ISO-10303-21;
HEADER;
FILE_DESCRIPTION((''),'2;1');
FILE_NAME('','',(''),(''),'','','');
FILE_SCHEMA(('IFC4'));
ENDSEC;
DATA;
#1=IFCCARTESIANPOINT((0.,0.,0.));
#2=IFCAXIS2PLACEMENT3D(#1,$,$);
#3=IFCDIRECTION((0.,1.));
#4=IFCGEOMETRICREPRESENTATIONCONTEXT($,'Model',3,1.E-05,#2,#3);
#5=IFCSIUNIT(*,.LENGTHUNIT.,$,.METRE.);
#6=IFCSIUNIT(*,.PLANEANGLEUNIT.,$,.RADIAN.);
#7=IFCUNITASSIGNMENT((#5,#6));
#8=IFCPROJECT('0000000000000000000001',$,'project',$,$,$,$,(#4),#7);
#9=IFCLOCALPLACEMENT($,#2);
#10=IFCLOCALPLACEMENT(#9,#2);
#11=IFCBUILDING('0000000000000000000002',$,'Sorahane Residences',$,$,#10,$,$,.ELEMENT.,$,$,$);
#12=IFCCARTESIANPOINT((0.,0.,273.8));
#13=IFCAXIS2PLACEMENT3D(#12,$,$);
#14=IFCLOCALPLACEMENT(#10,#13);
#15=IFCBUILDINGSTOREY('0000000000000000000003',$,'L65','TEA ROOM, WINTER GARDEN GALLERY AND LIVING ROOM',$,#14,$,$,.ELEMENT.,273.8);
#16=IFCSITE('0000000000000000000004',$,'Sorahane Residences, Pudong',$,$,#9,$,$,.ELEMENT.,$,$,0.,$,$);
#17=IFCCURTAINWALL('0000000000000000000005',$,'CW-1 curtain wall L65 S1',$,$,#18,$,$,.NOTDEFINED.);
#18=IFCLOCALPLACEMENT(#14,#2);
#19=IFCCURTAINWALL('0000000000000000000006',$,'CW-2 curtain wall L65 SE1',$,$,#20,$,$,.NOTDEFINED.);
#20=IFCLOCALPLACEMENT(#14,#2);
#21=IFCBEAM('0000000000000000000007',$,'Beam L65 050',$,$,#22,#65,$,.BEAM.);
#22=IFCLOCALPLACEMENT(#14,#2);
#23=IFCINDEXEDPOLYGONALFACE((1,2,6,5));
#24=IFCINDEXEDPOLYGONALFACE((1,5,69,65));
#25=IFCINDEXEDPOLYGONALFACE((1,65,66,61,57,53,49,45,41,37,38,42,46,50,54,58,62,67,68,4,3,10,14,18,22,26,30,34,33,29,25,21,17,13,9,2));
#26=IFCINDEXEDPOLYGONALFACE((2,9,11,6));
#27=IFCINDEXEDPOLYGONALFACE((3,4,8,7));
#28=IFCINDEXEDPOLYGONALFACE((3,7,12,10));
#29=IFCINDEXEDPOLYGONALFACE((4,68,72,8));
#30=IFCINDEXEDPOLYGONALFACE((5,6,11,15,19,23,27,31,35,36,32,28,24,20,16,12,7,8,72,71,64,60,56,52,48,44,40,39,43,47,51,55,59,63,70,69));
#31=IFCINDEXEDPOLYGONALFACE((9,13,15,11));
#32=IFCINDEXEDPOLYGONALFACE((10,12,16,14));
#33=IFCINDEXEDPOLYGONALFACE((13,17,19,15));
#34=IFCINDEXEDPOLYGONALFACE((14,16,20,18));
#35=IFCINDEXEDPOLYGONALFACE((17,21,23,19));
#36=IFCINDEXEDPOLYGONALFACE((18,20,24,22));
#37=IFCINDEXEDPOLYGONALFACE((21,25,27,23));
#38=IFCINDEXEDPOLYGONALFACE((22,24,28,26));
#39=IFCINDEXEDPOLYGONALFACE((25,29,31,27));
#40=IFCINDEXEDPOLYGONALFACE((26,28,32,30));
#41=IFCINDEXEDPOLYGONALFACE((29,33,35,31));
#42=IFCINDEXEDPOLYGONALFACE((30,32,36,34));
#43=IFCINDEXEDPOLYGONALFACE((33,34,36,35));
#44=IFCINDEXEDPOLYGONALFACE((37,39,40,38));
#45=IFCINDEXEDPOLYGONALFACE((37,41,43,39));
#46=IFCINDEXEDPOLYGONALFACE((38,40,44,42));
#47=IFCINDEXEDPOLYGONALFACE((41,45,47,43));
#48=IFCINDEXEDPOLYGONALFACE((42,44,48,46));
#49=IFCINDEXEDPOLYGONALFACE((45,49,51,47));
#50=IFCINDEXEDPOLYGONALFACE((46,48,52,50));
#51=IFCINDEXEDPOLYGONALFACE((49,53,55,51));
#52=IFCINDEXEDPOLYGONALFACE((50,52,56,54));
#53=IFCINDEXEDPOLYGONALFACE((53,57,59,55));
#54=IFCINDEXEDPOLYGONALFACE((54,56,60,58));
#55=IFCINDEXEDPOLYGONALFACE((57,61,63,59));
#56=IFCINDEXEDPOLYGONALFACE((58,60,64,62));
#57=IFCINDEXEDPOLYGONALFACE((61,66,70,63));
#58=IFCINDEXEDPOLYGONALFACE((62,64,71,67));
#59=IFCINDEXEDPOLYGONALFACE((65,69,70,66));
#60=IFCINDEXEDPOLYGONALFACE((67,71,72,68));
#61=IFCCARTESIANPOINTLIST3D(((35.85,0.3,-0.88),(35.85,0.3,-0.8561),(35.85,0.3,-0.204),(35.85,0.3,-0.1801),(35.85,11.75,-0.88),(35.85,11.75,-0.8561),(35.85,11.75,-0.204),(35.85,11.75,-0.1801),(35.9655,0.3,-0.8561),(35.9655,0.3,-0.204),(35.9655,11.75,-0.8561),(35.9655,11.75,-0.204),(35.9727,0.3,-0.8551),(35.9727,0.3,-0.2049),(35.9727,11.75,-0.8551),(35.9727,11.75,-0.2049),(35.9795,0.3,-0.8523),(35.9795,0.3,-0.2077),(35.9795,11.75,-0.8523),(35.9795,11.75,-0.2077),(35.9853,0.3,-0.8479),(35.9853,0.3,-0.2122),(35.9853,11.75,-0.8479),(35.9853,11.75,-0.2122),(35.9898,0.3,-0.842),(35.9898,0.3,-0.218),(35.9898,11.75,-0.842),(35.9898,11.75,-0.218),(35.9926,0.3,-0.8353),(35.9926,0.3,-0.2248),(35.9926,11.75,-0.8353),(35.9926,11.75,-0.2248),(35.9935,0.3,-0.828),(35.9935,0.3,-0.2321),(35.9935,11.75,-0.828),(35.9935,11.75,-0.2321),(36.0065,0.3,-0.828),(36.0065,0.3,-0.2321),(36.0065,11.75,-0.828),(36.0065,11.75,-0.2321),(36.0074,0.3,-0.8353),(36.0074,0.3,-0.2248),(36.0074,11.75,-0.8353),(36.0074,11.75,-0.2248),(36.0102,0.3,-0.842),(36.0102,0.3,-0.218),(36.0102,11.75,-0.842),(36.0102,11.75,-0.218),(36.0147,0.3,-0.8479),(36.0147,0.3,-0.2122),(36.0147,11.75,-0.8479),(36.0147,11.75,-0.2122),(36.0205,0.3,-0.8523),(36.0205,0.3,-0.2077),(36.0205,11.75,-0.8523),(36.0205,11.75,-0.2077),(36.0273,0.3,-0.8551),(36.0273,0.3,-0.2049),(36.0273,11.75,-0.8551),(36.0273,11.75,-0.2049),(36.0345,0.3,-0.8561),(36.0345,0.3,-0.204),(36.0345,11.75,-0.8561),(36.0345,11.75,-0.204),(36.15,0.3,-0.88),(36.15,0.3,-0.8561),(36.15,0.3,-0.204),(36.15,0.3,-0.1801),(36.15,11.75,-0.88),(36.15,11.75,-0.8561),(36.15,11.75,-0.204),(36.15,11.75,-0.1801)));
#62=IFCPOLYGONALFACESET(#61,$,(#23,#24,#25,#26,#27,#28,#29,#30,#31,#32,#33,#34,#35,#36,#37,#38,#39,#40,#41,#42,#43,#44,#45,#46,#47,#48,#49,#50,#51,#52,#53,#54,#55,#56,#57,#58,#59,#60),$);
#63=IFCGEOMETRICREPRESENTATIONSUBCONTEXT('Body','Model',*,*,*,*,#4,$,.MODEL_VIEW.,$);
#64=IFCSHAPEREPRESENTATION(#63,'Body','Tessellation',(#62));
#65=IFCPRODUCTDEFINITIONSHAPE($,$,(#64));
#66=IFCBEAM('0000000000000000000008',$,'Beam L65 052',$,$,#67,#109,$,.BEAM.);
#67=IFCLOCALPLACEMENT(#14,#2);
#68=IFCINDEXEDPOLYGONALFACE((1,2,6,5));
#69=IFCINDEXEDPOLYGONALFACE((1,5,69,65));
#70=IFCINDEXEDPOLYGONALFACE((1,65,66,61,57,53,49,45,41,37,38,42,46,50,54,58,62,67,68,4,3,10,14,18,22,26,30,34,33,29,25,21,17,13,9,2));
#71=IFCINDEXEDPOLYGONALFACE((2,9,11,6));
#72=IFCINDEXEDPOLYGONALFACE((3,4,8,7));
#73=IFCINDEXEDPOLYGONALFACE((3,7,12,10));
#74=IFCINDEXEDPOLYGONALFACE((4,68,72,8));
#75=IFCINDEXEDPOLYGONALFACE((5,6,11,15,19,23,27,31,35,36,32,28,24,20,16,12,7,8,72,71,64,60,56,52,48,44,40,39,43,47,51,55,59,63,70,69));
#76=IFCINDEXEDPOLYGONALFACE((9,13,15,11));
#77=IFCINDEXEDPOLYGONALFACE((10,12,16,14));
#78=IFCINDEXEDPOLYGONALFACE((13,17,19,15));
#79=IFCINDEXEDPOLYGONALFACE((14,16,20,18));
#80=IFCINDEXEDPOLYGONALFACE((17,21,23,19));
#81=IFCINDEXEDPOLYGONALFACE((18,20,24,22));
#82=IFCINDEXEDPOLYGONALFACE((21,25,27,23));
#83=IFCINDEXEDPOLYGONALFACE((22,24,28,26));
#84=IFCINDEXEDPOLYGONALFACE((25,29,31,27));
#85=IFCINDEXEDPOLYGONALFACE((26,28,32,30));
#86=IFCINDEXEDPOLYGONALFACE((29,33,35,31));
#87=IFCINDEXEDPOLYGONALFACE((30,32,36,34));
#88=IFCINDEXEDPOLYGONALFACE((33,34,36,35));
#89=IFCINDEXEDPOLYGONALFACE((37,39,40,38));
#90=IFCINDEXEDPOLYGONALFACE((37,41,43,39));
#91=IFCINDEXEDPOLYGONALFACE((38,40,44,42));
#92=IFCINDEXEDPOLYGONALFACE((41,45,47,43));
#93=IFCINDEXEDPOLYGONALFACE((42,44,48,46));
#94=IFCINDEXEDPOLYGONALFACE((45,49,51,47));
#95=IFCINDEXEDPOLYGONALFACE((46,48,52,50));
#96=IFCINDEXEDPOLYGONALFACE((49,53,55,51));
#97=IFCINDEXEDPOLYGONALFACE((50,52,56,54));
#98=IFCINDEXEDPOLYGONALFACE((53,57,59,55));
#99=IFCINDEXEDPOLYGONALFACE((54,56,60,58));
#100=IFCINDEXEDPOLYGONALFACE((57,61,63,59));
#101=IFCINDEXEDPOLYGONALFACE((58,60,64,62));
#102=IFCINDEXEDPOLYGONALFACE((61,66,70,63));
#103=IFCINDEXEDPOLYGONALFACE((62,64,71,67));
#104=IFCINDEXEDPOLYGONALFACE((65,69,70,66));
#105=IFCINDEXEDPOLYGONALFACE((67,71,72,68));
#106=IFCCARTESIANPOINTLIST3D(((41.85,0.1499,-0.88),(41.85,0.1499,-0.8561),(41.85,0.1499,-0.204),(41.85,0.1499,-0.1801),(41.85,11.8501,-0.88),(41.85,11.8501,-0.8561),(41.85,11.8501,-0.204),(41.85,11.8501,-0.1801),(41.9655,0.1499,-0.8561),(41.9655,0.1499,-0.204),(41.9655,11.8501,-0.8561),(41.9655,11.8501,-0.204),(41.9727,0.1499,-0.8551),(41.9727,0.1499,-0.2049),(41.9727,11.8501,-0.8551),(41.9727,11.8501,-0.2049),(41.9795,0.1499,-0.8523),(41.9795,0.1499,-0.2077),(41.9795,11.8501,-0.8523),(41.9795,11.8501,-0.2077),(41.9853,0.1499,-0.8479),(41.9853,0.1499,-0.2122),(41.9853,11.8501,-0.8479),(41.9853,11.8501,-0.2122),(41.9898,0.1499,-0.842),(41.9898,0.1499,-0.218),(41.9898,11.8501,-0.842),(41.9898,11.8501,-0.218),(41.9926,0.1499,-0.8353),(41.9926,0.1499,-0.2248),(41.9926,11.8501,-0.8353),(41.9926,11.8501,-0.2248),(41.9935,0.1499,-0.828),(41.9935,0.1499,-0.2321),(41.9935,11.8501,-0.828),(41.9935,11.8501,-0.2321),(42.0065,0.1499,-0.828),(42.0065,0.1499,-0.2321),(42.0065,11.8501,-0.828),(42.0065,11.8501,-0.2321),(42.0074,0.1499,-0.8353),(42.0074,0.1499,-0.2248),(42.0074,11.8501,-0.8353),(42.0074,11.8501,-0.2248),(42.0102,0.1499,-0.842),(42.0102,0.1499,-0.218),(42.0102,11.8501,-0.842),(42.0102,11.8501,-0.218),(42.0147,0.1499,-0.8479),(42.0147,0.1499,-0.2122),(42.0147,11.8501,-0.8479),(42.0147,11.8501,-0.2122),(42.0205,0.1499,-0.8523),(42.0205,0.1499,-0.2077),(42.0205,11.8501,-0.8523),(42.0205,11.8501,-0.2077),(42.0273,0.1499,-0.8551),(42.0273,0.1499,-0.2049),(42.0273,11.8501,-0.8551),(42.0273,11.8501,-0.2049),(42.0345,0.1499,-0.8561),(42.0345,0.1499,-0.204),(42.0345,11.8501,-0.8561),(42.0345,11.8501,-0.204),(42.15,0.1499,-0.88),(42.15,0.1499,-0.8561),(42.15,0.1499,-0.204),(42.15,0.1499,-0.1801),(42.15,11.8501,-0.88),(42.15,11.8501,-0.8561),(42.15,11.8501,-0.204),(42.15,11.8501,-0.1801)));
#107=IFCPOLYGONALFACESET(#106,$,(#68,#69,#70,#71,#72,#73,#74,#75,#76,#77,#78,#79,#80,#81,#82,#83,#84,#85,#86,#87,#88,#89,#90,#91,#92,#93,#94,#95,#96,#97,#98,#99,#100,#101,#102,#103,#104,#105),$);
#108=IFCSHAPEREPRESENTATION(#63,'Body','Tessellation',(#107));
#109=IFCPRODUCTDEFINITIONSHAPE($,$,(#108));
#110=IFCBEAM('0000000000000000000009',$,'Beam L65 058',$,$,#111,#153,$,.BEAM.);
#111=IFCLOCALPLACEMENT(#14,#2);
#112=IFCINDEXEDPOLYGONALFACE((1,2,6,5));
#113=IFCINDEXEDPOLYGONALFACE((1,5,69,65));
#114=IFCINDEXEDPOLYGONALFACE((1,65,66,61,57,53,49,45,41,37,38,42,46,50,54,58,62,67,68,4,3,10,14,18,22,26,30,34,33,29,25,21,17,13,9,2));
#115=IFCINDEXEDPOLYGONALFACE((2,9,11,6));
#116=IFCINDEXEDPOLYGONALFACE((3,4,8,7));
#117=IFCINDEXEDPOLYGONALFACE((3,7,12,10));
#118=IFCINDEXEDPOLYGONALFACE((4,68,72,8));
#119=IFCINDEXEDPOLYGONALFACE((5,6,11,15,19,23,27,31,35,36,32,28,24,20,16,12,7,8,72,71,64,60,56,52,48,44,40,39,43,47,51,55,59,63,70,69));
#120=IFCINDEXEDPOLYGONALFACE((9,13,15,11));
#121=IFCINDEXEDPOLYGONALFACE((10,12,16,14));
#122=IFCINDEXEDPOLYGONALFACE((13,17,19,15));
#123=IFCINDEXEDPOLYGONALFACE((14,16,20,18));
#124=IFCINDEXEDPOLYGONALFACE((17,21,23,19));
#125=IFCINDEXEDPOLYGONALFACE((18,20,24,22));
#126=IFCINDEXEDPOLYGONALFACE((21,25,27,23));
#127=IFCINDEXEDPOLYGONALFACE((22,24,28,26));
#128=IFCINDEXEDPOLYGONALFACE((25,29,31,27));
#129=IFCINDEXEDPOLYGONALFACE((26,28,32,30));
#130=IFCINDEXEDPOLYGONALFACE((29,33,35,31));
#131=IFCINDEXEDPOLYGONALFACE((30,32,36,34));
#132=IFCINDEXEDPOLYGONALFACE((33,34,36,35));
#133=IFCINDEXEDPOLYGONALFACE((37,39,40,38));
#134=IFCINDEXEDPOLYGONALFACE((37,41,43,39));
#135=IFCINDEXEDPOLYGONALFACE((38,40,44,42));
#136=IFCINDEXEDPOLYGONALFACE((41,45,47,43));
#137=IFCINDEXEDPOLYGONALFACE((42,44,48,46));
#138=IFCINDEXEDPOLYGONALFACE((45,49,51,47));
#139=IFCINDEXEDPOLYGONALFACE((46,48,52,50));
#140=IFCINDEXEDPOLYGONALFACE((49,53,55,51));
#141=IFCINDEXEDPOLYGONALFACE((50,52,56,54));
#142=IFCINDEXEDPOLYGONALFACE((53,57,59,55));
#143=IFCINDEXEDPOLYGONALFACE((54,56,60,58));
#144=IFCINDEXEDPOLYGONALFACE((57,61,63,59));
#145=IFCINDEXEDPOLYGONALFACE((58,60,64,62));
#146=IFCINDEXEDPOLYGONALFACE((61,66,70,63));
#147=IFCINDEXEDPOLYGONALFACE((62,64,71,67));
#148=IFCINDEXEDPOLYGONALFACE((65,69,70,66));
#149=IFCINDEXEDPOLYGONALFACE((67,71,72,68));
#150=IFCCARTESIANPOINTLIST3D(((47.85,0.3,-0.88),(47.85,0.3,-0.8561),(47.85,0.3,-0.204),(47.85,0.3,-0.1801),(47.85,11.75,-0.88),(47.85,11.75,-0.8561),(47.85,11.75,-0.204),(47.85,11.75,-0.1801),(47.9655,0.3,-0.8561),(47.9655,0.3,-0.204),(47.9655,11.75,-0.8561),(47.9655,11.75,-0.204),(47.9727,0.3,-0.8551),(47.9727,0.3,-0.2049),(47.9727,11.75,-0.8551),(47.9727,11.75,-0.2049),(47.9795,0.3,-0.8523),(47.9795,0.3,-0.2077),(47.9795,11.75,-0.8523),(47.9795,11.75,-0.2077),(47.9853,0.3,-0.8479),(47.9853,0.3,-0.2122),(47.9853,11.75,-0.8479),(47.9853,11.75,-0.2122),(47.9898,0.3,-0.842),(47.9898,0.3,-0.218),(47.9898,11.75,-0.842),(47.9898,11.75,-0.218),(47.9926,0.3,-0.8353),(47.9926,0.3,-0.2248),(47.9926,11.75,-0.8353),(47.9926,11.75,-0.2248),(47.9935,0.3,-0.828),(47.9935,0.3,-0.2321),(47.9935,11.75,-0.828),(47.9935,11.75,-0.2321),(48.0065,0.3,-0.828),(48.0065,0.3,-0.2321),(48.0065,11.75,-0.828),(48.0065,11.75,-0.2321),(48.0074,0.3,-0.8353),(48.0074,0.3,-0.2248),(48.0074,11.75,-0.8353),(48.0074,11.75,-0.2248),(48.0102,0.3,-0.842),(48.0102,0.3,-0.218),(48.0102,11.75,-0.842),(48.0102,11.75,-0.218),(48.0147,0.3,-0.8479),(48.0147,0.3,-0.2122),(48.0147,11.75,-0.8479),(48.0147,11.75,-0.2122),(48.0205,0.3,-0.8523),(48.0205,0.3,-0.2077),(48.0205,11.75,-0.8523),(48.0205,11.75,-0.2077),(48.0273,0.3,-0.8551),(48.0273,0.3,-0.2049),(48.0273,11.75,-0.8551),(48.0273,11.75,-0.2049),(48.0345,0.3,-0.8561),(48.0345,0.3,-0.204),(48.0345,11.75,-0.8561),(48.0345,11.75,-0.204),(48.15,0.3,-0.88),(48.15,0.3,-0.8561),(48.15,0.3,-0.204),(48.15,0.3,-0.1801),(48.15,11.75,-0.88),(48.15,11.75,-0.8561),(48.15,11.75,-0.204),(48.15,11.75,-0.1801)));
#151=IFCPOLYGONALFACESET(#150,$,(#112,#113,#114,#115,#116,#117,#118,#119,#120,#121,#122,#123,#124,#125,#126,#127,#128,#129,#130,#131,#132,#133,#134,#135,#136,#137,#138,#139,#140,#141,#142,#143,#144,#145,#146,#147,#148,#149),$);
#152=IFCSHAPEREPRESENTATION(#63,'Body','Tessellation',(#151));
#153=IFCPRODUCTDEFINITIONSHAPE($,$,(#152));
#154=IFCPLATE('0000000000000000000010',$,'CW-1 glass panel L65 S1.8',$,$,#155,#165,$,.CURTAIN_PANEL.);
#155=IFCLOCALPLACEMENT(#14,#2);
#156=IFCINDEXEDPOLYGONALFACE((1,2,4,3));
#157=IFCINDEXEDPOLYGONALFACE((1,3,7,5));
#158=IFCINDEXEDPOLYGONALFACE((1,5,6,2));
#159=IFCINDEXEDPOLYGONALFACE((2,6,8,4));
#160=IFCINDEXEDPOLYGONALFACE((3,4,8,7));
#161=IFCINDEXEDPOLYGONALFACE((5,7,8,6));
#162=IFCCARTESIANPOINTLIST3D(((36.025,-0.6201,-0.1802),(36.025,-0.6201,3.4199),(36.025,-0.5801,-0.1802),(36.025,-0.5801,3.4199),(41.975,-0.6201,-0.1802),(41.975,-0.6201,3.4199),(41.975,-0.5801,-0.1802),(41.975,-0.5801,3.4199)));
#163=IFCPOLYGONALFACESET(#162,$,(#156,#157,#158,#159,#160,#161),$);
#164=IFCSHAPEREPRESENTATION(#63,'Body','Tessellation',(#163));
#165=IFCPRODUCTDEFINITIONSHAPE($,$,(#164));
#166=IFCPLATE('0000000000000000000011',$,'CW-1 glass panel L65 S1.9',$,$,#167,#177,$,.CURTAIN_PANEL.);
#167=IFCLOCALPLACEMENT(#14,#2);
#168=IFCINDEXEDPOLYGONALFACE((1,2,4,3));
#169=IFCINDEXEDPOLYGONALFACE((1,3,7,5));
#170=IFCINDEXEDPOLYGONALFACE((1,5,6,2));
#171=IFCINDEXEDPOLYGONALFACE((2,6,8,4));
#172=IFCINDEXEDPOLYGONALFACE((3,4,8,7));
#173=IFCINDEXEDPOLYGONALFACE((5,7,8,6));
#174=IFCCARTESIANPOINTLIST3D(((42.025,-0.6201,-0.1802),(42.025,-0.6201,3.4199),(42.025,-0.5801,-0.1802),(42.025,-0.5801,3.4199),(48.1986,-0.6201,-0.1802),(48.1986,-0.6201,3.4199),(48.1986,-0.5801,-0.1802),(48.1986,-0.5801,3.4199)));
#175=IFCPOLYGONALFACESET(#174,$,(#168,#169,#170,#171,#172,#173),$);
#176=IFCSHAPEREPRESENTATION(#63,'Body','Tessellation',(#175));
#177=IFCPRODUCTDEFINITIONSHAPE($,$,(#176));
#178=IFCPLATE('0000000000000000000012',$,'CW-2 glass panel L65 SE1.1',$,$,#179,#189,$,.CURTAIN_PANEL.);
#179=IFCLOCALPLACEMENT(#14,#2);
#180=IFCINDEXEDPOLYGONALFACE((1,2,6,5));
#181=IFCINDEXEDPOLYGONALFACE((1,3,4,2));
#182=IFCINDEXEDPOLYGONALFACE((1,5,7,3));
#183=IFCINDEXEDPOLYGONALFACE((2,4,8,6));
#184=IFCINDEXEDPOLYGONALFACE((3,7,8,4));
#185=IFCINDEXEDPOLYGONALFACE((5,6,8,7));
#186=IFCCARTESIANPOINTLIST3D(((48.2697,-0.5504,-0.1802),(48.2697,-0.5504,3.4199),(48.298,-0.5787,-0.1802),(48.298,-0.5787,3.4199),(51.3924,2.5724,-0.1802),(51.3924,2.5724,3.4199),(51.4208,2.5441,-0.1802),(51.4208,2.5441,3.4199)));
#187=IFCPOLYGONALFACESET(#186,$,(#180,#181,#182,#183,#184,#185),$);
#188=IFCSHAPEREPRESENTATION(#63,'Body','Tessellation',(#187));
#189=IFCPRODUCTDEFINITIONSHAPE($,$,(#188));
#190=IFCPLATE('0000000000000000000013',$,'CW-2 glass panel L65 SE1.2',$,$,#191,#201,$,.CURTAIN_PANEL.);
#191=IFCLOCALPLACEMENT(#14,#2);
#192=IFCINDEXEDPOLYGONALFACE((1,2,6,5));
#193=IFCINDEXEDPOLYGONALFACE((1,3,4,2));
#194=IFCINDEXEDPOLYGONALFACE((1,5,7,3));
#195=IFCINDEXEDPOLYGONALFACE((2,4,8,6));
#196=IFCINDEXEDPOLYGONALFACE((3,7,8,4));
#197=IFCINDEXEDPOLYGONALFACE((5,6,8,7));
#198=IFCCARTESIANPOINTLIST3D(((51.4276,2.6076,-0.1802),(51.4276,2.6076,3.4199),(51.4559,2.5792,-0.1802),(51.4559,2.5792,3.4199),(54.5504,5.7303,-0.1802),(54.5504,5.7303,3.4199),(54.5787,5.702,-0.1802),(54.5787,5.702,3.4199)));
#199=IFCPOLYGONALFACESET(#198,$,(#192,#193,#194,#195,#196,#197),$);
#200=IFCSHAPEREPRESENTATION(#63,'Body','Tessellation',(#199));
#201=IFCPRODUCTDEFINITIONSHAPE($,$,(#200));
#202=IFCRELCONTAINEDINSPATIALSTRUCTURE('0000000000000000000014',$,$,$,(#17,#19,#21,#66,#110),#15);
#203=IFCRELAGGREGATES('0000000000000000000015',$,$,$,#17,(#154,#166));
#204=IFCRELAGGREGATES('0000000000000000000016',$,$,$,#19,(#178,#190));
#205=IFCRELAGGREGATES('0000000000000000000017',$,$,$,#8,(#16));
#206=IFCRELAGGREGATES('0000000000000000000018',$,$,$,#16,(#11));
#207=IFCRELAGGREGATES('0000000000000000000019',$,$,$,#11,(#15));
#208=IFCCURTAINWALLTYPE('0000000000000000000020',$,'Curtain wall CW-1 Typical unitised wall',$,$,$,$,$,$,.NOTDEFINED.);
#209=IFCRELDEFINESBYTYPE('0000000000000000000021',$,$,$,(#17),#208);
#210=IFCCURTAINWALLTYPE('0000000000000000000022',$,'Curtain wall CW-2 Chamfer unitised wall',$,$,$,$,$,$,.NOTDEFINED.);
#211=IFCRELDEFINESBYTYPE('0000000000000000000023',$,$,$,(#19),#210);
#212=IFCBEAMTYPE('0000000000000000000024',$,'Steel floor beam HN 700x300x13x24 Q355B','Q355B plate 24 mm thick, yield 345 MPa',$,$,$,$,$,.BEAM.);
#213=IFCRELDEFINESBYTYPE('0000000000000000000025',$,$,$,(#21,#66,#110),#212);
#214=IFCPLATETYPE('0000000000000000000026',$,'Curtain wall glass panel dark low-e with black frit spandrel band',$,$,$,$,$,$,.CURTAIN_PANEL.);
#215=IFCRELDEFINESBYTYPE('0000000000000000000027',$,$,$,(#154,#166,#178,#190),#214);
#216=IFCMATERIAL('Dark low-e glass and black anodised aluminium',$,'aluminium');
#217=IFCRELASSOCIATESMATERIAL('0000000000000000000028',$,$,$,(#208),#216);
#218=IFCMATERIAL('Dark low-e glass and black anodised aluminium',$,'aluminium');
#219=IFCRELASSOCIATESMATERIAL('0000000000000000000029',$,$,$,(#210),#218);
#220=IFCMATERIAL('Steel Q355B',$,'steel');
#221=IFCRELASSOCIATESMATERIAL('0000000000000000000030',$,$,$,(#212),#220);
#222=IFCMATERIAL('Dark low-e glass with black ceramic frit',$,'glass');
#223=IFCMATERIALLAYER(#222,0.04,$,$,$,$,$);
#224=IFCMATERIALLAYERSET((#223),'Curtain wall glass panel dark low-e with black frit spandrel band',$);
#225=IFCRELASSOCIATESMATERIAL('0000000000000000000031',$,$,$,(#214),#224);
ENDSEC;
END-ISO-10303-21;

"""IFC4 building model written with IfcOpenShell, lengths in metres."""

from ifc_helpers import new_model, si_unit, direction, frame, origin, origin_2d, place, context, subcontext, project, spatial, rectangle, i_section, extrude, material, layer, layer_set, material_profile, profile_set, type_object, element, aggregate, save


model = new_model("IFC4")

# Units and contexts
model_context = context("Model", 3, precision=1e-05, world=origin(), true_north=direction((0.0, 1.0)))
body_context = subcontext(model_context, "Body", "Model", "MODEL_VIEW")
ifc_project = project(units=[si_unit("LENGTHUNIT", "METRE"), si_unit("PLANEANGLEUNIT", "RADIAN")], contexts=[model_context])

# Site, building, storey
site_placement = place(None, origin())
site = spatial("IfcSite", under=ifc_project, at=site_placement, Name="Sorahane Residences, Pudong", CompositionType="ELEMENT", RefElevation=0.0)
building_placement = place(site_placement, origin())
building = spatial("IfcBuilding", under=site, at=building_placement, Name="Sorahane Residences", CompositionType="ELEMENT")
storey_placement = place(building_placement, frame((0.0, 0.0, 273.8)))
storey = spatial("IfcBuildingStorey", under=building, at=storey_placement, Name="L65", Description="TEA ROOM, WINTER GARDEN GALLERY AND LIVING ROOM", CompositionType="ELEMENT", Elevation=273.8)

# Curtain walls
ifc_material_1 = material(Name="Dark low-e glass and black anodised aluminium", Category="aluminium")
curtain_wall_type_1 = type_object("IfcCurtainWallType", Name="Curtain wall CW-1 Typical unitised wall", PredefinedType="NOTDEFINED", material=ifc_material_1)
curtain_wall_1_placement = place(storey_placement, origin())
curtain_wall_1 = element("IfcCurtainWall", 1, at=curtain_wall_1_placement, inside=storey, type_object=curtain_wall_type_1, Name="CW-1 curtain wall L65 S1", PredefinedType="NOTDEFINED")
ifc_material_2 = material(Name="Dark low-e glass and black anodised aluminium", Category="aluminium")
curtain_wall_type_2 = type_object("IfcCurtainWallType", Name="Curtain wall CW-2 Chamfer unitised wall", PredefinedType="NOTDEFINED", material=ifc_material_2)
curtain_wall_2_placement = place(storey_placement, origin())
curtain_wall_2 = element("IfcCurtainWall", 2, at=curtain_wall_2_placement, inside=storey, type_object=curtain_wall_type_2, Name="CW-2 curtain wall L65 SE1", PredefinedType="NOTDEFINED")

# Beams
ifc_material_3 = material(Name="Steel Q355B", Category="steel")
ifc_material_profile_1 = material_profile(ifc_material_3, i_section(OverallWidth=0.3, OverallDepth=0.7, WebThickness=0.0129, FlangeThickness=0.0239, FilletRadius=0.0281, at=origin_2d()), Name="HN 700x300x13x24")
ifc_profile_set_1 = profile_set([ifc_material_profile_1], Name="Steel Q355B")
beam_type_1 = type_object("IfcBeamType", Name="Steel floor beam HN 700x300x13x24 Q355B", Description="Q355B plate 24 mm thick, yield 345 MPa", PredefinedType="BEAM", material=ifc_profile_set_1)
beam_1_placement = place(storey_placement, frame((36.0, 0.3, -0.53), z_axis=(0.0, 1.0, 0.0), x_axis=(-1.0, 0.0, 0.0)))
element("IfcBeam", 3, at=beam_1_placement, inside=storey, type_object=beam_type_1, Name="Beam L65 050", PredefinedType="BEAM", context=body_context, shape_type="SweptSolid", body=[
    extrude(i_section(OverallWidth=0.3, OverallDepth=0.7, WebThickness=0.0129, FlangeThickness=0.0239, FilletRadius=0.0281, at=origin_2d()), origin(), (0.0, 0.0, 1.0), 11.45),
])
beam_2_placement = place(storey_placement, frame((42.0, 0.1499, -0.53), z_axis=(0.0, 1.0, 0.0), x_axis=(-1.0, 0.0, 0.0)))
element("IfcBeam", 4, at=beam_2_placement, inside=storey, type_object=beam_type_1, Name="Beam L65 052", PredefinedType="BEAM", context=body_context, shape_type="SweptSolid", body=[
    extrude(i_section(OverallWidth=0.3, OverallDepth=0.7, WebThickness=0.0129, FlangeThickness=0.0239, FilletRadius=0.0281, at=origin_2d()), origin(), (0.0, 0.0, 1.0), 11.7002),
])
beam_3_placement = place(storey_placement, frame((48.0, 0.3, -0.53), z_axis=(0.0, 1.0, 0.0), x_axis=(-1.0, 0.0, 0.0)))
element("IfcBeam", 5, at=beam_3_placement, inside=storey, type_object=beam_type_1, Name="Beam L65 058", PredefinedType="BEAM", context=body_context, shape_type="SweptSolid", body=[
    extrude(i_section(OverallWidth=0.3, OverallDepth=0.7, WebThickness=0.0129, FlangeThickness=0.0239, FilletRadius=0.0281, at=origin_2d()), origin(), (0.0, 0.0, 1.0), 11.45),
])

# Plates
ifc_material_4 = material(Name="Dark low-e glass with black ceramic frit", Category="glass")
ifc_layer_1 = layer(ifc_material_4, 0.04)
ifc_layer_set_1 = layer_set([ifc_layer_1], Name="Curtain wall glass panel dark low-e with black frit spandrel band")
plate_type = type_object("IfcPlateType", Name="Curtain wall glass panel dark low-e with black frit spandrel band", PredefinedType="CURTAIN_PANEL", material=ifc_layer_set_1)
plate_1_placement = place(storey_placement, frame((39.0, -0.6001, -0.1802), z_axis=(0.0, 0.0, 1.0), x_axis=(1.0, 0.0, 0.0)))
plate_1 = element("IfcPlate", 6, at=plate_1_placement, type_object=plate_type, Name="CW-1 glass panel L65 S1.8", PredefinedType="CURTAIN_PANEL", context=body_context, shape_type="SweptSolid", body=[
    extrude(rectangle(XDim=5.95, YDim=0.04, at=origin_2d()), origin(), (0.0, 0.0, 1.0), 3.6001),
])
plate_2_placement = place(storey_placement, frame((45.1118, -0.6001, -0.1802), z_axis=(0.0, 0.0, 1.0), x_axis=(1.0, 0.0, 0.0)))
plate_2 = element("IfcPlate", 7, at=plate_2_placement, type_object=plate_type, Name="CW-1 glass panel L65 S1.9", PredefinedType="CURTAIN_PANEL", context=body_context, shape_type="SweptSolid", body=[
    extrude(rectangle(XDim=6.1736, YDim=0.04, at=origin_2d()), origin(), (0.0, 0.0, 1.0), 3.6001),
])
aggregate(curtain_wall_1, [plate_1, plate_2])
plate_3_placement = place(storey_placement, frame((49.8452, 0.9968, -0.1802), z_axis=(0.0, 0.0, 1.0), x_axis=(0.707107, 0.707107, 0.0)))
plate_3 = element("IfcPlate", 8, at=plate_3_placement, type_object=plate_type, Name="CW-2 glass panel L65 SE1.1", PredefinedType="CURTAIN_PANEL", context=body_context, shape_type="SweptSolid", body=[
    extrude(rectangle(XDim=4.4163, YDim=0.04, at=origin_2d()), origin(), (0.0, 0.0, 1.0), 3.6001),
])
plate_4_placement = place(storey_placement, frame((53.0032, 4.1548, -0.1802), z_axis=(0.0, 0.0, 1.0), x_axis=(0.707107, 0.707107, 0.0)))
plate_4 = element("IfcPlate", 9, at=plate_4_placement, type_object=plate_type, Name="CW-2 glass panel L65 SE1.2", PredefinedType="CURTAIN_PANEL", context=body_context, shape_type="SweptSolid", body=[
    extrude(rectangle(XDim=4.4163, YDim=0.04, at=origin_2d()), origin(), (0.0, 0.0, 1.0), 3.6001),
])
aggregate(curtain_wall_2, [plate_3, plate_4])

save(model, "model.ifc")
